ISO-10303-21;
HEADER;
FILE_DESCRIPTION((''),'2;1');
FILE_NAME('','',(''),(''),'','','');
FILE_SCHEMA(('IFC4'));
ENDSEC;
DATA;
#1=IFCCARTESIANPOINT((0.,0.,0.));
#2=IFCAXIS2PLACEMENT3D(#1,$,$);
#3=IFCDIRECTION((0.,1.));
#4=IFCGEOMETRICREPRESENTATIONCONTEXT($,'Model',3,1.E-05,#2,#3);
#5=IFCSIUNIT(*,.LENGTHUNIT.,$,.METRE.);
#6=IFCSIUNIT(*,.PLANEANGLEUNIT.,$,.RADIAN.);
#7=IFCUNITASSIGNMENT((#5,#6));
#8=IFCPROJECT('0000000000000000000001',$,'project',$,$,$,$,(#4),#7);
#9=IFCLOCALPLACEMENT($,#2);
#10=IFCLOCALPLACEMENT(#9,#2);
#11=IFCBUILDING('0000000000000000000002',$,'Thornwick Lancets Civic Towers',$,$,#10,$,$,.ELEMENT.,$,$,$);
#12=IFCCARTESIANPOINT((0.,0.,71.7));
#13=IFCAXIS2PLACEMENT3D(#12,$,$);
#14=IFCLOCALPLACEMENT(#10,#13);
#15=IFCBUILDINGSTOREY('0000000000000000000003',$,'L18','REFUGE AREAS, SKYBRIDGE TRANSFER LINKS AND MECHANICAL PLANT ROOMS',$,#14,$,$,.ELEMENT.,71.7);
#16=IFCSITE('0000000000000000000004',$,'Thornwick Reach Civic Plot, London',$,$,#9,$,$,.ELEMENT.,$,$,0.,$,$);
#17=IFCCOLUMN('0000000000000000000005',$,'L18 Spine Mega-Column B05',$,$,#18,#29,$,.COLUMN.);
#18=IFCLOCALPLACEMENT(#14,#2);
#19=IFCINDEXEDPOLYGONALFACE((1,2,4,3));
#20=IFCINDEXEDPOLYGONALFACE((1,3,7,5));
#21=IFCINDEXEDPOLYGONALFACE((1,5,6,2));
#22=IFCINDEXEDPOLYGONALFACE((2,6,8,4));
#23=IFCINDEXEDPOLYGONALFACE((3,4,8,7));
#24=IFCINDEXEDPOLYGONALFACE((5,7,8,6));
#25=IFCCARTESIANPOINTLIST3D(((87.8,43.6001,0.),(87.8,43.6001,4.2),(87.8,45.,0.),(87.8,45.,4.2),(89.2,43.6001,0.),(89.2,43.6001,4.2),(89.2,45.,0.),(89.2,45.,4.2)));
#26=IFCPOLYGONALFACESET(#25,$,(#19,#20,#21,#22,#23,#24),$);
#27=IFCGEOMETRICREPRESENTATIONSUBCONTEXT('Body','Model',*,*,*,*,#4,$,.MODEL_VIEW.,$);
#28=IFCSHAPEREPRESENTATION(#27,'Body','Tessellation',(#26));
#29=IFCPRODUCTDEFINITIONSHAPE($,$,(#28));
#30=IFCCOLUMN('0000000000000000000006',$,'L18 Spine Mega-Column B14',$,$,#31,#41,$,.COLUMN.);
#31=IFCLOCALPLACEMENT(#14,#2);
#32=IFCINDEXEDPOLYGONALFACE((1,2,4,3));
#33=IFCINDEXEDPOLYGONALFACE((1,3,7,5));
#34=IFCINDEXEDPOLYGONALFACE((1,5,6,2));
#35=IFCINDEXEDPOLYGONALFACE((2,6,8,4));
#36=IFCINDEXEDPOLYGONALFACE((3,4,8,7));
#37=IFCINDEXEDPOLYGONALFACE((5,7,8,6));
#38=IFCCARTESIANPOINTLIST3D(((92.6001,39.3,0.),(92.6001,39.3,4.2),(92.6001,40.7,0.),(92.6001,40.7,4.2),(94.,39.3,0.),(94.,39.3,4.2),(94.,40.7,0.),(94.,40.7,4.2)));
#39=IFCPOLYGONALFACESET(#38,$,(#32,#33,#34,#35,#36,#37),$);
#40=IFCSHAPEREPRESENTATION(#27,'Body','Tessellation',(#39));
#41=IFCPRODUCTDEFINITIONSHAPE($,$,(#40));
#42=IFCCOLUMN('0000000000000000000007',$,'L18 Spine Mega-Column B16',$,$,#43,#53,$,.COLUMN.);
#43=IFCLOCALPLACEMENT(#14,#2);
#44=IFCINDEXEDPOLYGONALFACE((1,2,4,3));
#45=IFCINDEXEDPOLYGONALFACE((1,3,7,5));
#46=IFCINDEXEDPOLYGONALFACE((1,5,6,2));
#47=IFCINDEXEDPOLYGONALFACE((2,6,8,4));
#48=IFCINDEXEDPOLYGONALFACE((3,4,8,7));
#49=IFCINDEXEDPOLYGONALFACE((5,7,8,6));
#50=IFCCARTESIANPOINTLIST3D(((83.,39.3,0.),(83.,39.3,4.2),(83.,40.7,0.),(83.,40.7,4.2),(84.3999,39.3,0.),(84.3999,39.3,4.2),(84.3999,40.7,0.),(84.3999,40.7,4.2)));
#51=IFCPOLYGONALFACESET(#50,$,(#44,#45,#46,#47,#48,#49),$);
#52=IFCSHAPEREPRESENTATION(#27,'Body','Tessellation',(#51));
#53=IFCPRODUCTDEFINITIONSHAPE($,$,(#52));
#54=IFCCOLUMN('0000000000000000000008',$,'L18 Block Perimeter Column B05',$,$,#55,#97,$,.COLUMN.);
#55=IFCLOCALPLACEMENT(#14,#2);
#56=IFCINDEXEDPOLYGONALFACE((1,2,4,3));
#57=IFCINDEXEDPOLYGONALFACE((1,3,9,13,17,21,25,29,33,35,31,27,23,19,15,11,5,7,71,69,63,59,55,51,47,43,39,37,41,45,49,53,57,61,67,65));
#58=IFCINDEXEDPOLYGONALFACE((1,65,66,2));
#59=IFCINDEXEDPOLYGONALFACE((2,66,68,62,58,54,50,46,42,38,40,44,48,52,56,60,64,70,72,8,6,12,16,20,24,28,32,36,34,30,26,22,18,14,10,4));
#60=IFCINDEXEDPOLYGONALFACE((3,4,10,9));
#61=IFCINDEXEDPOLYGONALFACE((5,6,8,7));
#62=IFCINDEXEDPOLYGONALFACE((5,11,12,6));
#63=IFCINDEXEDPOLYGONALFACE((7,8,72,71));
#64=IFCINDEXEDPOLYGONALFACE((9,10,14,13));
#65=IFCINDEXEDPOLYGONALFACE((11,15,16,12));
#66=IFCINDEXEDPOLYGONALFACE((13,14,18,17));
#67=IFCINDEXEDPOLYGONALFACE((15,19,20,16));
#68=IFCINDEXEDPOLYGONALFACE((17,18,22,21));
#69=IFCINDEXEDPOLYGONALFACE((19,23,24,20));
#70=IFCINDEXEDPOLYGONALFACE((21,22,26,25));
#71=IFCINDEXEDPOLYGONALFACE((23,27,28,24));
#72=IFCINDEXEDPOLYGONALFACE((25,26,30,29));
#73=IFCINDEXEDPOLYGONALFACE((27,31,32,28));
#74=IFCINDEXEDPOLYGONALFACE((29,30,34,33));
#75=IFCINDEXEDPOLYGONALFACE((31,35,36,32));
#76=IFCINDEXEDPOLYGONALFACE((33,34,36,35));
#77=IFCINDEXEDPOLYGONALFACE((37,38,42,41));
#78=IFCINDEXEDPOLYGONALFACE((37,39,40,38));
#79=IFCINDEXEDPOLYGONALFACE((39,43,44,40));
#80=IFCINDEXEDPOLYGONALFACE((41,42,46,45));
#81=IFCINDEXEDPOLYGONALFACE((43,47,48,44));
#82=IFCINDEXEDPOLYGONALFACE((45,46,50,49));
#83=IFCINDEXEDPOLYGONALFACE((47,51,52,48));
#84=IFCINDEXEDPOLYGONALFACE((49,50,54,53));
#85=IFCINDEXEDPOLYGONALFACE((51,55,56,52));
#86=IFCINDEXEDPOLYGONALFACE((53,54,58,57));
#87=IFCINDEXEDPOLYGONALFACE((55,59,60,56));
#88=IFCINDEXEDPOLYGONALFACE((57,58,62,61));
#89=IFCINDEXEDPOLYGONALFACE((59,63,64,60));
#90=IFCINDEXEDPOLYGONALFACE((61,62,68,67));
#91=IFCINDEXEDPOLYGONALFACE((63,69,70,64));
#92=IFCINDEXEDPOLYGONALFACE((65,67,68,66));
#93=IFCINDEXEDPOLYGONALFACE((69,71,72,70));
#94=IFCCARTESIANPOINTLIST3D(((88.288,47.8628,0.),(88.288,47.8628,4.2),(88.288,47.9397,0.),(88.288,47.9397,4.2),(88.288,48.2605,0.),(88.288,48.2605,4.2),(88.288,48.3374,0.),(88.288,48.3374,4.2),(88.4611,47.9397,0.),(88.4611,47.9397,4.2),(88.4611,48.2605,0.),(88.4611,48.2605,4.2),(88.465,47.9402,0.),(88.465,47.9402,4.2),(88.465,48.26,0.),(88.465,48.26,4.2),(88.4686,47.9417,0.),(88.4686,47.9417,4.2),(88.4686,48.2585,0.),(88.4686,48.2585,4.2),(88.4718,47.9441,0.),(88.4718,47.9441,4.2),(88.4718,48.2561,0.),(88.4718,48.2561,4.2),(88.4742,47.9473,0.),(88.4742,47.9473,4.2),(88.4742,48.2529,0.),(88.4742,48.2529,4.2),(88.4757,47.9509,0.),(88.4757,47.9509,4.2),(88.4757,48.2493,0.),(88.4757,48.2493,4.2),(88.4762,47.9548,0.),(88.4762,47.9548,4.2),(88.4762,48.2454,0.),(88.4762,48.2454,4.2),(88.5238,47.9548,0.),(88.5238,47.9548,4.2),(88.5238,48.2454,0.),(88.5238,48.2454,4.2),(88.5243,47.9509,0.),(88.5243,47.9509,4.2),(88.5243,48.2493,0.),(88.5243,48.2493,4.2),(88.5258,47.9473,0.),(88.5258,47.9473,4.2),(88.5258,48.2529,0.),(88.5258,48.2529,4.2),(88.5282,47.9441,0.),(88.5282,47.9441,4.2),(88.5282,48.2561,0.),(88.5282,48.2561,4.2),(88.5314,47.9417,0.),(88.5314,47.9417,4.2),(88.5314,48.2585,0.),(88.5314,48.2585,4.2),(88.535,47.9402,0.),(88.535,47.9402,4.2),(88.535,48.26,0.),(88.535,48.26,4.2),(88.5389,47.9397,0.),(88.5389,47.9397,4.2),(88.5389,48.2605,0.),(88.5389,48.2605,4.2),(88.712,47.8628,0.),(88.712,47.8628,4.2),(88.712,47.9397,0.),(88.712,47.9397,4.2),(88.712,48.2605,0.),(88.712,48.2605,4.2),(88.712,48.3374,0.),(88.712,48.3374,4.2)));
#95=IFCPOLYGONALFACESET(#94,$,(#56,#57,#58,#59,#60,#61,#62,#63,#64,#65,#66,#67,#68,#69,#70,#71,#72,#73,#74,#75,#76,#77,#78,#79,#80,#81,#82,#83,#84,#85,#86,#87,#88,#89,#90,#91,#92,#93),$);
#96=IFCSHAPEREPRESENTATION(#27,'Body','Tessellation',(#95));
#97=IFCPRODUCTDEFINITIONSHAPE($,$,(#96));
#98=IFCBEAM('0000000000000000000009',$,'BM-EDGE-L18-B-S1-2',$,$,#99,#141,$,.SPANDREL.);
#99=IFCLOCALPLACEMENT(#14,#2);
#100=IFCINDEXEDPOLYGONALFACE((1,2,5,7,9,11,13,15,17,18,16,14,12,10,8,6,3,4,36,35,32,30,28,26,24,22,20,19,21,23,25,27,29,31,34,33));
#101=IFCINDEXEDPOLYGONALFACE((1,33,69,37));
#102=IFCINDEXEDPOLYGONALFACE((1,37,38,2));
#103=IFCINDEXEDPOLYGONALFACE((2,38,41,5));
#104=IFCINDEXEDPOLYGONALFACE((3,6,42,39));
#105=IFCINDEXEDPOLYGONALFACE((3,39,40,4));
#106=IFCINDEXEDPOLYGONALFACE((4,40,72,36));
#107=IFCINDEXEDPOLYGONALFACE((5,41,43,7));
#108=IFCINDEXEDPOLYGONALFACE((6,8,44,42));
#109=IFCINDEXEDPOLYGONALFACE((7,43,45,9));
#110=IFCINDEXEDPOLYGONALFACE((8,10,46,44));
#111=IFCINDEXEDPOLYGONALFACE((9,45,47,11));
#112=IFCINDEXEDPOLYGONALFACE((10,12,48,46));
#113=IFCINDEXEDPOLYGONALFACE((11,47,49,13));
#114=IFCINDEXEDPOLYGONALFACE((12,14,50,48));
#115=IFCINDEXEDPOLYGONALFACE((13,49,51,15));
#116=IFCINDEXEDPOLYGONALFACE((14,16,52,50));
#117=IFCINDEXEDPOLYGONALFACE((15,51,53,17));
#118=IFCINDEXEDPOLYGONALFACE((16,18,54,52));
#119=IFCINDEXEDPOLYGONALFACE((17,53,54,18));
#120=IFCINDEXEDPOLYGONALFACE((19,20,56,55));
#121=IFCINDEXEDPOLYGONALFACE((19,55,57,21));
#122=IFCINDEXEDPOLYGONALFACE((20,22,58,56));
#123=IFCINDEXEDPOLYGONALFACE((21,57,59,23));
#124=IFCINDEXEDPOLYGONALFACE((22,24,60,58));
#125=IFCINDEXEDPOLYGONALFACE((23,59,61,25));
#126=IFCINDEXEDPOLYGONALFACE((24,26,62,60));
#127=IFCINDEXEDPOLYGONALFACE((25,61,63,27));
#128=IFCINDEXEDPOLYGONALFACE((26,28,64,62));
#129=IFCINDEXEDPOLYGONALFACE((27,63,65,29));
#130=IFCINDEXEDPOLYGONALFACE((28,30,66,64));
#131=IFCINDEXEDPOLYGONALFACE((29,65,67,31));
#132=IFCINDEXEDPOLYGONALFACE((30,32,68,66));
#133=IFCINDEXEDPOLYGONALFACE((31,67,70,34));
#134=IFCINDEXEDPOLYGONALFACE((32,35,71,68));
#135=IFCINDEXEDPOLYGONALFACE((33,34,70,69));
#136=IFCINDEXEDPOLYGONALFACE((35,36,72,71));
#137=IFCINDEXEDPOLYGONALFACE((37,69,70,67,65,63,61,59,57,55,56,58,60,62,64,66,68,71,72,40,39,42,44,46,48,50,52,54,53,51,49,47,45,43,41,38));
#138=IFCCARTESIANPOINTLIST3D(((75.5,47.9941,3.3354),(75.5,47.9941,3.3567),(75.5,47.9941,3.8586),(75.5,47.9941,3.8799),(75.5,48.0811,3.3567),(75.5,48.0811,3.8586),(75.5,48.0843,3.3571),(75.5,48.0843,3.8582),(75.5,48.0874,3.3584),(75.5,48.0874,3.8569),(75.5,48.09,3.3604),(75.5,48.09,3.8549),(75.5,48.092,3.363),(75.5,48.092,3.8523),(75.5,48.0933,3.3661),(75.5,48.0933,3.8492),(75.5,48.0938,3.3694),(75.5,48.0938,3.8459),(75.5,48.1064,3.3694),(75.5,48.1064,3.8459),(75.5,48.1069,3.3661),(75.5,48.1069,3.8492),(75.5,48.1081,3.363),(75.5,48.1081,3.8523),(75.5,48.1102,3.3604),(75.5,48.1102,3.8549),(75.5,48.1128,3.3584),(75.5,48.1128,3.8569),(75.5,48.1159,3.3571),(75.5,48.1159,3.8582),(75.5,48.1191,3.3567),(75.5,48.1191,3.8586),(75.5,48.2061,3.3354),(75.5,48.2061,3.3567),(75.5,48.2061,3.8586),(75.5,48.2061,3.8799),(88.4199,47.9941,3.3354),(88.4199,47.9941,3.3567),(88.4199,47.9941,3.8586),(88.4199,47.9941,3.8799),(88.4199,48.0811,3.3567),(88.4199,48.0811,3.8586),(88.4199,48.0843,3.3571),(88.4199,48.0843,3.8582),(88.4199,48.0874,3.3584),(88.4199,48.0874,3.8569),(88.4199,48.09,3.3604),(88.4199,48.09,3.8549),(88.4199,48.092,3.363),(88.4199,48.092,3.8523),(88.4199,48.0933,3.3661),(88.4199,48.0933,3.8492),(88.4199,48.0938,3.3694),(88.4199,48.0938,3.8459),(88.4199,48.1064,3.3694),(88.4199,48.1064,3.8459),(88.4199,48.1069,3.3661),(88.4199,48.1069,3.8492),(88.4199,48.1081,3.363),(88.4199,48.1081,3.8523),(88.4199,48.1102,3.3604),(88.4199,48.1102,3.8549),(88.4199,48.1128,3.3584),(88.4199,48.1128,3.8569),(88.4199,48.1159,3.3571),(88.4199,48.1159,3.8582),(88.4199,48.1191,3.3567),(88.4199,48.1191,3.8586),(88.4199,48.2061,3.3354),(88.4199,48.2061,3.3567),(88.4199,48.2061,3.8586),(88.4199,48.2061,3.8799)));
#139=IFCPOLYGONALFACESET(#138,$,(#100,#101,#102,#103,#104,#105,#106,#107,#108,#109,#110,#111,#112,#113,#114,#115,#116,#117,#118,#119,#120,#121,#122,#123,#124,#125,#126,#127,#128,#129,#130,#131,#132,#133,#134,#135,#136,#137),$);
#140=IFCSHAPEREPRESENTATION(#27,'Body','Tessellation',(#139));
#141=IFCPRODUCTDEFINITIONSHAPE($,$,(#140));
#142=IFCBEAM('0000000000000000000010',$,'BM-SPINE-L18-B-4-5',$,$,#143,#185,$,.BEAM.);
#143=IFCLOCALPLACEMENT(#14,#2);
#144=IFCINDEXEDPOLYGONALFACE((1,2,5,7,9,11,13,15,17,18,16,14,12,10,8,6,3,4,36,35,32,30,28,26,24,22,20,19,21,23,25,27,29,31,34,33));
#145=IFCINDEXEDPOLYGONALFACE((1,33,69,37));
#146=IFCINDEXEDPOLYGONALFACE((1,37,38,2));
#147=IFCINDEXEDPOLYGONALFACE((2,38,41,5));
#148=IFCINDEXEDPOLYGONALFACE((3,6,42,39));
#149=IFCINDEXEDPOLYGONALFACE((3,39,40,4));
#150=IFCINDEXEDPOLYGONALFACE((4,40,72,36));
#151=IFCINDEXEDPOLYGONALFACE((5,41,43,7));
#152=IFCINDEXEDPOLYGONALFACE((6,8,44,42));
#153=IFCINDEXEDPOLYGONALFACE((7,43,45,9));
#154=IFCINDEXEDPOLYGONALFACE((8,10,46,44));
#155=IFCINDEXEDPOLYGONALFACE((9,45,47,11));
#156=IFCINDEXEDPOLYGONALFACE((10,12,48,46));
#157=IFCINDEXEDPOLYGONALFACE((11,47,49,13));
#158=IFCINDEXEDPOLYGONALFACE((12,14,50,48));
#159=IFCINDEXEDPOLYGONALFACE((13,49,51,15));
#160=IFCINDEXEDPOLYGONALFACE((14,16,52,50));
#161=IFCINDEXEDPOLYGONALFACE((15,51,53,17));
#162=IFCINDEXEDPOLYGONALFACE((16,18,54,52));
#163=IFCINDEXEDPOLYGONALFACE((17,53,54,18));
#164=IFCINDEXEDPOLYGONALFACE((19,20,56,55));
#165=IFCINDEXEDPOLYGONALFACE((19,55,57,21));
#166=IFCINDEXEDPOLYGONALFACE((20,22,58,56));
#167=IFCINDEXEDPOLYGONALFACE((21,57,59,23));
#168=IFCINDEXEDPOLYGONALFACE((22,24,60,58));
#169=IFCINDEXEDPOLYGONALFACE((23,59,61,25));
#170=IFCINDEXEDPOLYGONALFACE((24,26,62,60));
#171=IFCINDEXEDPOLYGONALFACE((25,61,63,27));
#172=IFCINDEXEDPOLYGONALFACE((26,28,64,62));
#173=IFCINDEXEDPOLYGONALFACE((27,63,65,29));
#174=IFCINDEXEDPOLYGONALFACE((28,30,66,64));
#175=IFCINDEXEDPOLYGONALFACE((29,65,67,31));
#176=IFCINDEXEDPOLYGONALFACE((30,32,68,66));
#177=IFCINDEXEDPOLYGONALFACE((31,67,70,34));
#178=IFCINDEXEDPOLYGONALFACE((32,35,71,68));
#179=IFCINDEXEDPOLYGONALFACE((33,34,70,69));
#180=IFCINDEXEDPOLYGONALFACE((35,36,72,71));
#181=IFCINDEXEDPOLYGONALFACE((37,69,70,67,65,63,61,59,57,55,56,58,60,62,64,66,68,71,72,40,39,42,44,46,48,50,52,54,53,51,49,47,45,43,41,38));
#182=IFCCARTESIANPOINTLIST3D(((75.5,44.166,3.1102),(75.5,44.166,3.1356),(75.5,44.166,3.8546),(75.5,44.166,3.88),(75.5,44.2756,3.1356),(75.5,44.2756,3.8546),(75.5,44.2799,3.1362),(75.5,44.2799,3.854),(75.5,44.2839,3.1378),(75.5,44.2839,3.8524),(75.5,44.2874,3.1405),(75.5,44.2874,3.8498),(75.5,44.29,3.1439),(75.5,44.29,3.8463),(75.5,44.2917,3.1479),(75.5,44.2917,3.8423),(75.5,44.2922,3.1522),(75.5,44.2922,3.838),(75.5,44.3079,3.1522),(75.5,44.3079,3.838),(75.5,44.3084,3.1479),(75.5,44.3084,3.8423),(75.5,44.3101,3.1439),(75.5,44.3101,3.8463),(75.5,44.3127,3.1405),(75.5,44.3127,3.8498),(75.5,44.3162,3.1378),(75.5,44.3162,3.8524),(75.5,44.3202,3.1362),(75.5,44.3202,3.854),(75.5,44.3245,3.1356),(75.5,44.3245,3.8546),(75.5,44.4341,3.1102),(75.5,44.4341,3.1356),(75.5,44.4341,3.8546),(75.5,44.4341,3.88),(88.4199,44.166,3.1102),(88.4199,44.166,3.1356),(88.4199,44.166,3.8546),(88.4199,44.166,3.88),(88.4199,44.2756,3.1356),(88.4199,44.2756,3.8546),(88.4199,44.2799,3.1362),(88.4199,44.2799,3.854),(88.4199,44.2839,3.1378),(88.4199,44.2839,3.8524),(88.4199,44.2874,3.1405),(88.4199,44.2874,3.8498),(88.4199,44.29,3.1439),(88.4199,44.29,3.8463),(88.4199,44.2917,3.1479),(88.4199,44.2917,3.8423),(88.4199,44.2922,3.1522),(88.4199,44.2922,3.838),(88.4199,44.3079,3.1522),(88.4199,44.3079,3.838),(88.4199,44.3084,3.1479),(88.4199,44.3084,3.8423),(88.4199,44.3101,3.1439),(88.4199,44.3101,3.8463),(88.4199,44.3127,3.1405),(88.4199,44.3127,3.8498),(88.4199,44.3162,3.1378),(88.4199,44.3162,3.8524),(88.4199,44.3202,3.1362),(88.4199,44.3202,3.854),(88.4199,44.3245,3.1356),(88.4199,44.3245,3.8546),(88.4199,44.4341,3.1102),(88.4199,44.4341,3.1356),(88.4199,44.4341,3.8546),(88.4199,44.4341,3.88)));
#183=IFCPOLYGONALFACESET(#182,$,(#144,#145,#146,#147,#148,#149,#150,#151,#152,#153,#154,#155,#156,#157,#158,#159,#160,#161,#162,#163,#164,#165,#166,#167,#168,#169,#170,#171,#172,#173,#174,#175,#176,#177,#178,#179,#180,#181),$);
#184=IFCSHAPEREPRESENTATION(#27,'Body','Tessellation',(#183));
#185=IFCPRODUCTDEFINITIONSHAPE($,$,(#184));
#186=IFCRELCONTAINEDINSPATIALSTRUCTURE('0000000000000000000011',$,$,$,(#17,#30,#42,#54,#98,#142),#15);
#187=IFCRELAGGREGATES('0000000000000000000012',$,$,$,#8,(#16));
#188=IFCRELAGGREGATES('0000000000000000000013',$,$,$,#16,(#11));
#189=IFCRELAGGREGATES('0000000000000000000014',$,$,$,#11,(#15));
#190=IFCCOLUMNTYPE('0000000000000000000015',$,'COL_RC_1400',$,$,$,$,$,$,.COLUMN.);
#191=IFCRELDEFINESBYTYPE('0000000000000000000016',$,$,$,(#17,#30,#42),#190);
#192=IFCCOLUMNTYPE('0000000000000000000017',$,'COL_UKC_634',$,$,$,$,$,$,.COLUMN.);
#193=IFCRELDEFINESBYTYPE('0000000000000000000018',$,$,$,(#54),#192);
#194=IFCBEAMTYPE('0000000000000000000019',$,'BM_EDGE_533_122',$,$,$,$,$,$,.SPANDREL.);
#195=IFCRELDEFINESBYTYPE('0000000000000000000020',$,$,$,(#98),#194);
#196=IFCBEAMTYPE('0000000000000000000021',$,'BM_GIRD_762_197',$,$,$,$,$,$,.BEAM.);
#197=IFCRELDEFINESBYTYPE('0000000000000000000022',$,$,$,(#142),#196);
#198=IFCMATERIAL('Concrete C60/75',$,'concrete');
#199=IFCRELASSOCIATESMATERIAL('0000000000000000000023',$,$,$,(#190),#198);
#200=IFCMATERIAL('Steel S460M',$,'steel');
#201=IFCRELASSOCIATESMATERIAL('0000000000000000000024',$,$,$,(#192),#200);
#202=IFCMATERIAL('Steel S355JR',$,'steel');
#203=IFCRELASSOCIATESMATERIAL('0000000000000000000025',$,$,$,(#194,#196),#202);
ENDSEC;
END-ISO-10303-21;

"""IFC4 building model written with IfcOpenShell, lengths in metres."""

from ifc_helpers import new_model, si_unit, direction, frame, origin, origin_2d, place, context, subcontext, project, spatial, rectangle, i_section, extrude, material, material_profile, profile_set, type_object, element, save


model = new_model("IFC4")

# Units and contexts
model_context = context("Model", 3, precision=1e-05, world=origin(), true_north=direction((0.0, 1.0)))
body_context = subcontext(model_context, "Body", "Model", "MODEL_VIEW")
ifc_project = project(units=[si_unit("LENGTHUNIT", "METRE"), si_unit("PLANEANGLEUNIT", "RADIAN")], contexts=[model_context])

# Site, building, storey
site_placement = place(None, origin())
site = spatial("IfcSite", under=ifc_project, at=site_placement, Name="Thornwick Reach Civic Plot, London", CompositionType="ELEMENT", RefElevation=0.0)
building_placement = place(site_placement, origin())
building = spatial("IfcBuilding", under=site, at=building_placement, Name="Thornwick Lancets Civic Towers", CompositionType="ELEMENT")
storey_placement = place(building_placement, frame((0.0, 0.0, 71.7)))
storey = spatial("IfcBuildingStorey", under=building, at=storey_placement, Name="L18", Description="REFUGE AREAS, SKYBRIDGE TRANSFER LINKS AND MECHANICAL PLANT ROOMS", CompositionType="ELEMENT", Elevation=71.7)

# Columns
ifc_material_1 = material(Name="Concrete C60/75", Category="concrete")
ifc_material_profile_1 = material_profile(ifc_material_1, rectangle(XDim=1.3999, YDim=1.3999, at=origin_2d()), Name="RC 1400x1400")
ifc_profile_set_1 = profile_set([ifc_material_profile_1], Name="Concrete C60/75")
column_type_1 = type_object("IfcColumnType", Name="COL_RC_1400", PredefinedType="COLUMN", material=ifc_profile_set_1)
for number, where, z_axis, x_axis, name in (
    (1, (88.5, 44.3, 0.0), (0.0, 0.0, 1.0), (1.0, 0.0, 0.0), "L18 Spine Mega-Column B05"),
    (2, (93.3, 40.0, 0.0), (0.0, 0.0, 1.0), (1.0, 0.0, 0.0), "L18 Spine Mega-Column B14"),
    (3, (83.7, 40.0, 0.0), (0.0, 0.0, 1.0), (1.0, 0.0, 0.0), "L18 Spine Mega-Column B16"),
):
    element("IfcColumn", number, at=place(storey_placement, frame(where, z_axis=z_axis, x_axis=x_axis)), inside=storey, type_object=column_type_1, Name=name, PredefinedType="COLUMN", context=body_context, shape_type="SweptSolid", body=[
        extrude(rectangle(XDim=1.3999, YDim=1.3999, at=origin_2d()), origin(), (0.0, 0.0, 1.0), 4.2),
    ])
ifc_material_2 = material(Name="Steel S460M", Category="steel")
ifc_material_profile_2 = material_profile(ifc_material_2, i_section(OverallWidth=0.4241, OverallDepth=0.4746, WebThickness=0.0476, FlangeThickness=0.0769, FilletRadius=0.0151, at=origin_2d()), Name="UKC 356x406x634")
ifc_profile_set_2 = profile_set([ifc_material_profile_2], Name="Steel S460M")
column_type_2 = type_object("IfcColumnType", Name="COL_UKC_634", PredefinedType="COLUMN", material=ifc_profile_set_2)
column_placement = place(storey_placement, frame((88.5, 48.1001, 0.0), z_axis=(0.0, 0.0, 1.0), x_axis=(1.0, 0.0, 0.0)))
element("IfcColumn", 4, at=column_placement, inside=storey, type_object=column_type_2, Name="L18 Block Perimeter Column B05", PredefinedType="COLUMN", context=body_context, shape_type="SweptSolid", body=[
    extrude(i_section(OverallWidth=0.4241, OverallDepth=0.4746, WebThickness=0.0476, FlangeThickness=0.0769, FilletRadius=0.0151, at=origin_2d()), origin(), (0.0, 0.0, 1.0), 4.2),
])

# Beams
ifc_material_3 = material(Name="Steel S355JR", Category="steel")
ifc_material_profile_3 = material_profile(ifc_material_3, i_section(OverallWidth=0.2119, OverallDepth=0.5444, WebThickness=0.0127, FlangeThickness=0.0212, FilletRadius=0.0127, at=origin_2d()), Name="UKB 533x210x122")
ifc_profile_set_3 = profile_set([ifc_material_profile_3], Name="Steel S355JR")
beam_type_1 = type_object("IfcBeamType", Name="BM_EDGE_533_122", PredefinedType="SPANDREL", material=ifc_profile_set_3)
beam_1_placement = place(storey_placement, frame((88.4199, 48.1001, 3.6077), z_axis=(-1.0, 0.0, 0.0), x_axis=(0.0, -1.0, 0.0)))
element("IfcBeam", 5, at=beam_1_placement, inside=storey, type_object=beam_type_1, Name="BM-EDGE-L18-B-S1-2", PredefinedType="SPANDREL", context=body_context, shape_type="SweptSolid", body=[
    extrude(i_section(OverallWidth=0.2119, OverallDepth=0.5444, WebThickness=0.0127, FlangeThickness=0.0212, FilletRadius=0.0127, at=origin_2d()), origin(), (0.0, 0.0, 1.0), 12.9199),
])
ifc_material_profile_4 = material_profile(ifc_material_3, i_section(OverallWidth=0.2681, OverallDepth=0.7698, WebThickness=0.0156, FlangeThickness=0.0254, FilletRadius=0.0166, at=origin_2d()), Name="UKB 762x267x197")
ifc_profile_set_4 = profile_set([ifc_material_profile_4], Name="Steel S355JR")
beam_type_2 = type_object("IfcBeamType", Name="BM_GIRD_762_197", PredefinedType="BEAM", material=ifc_profile_set_4)
beam_2_placement = place(storey_placement, frame((88.4199, 44.3, 3.4951), z_axis=(-1.0, 0.0, 0.0), x_axis=(0.0, -1.0, 0.0)))
element("IfcBeam", 6, at=beam_2_placement, inside=storey, type_object=beam_type_2, Name="BM-SPINE-L18-B-4-5", PredefinedType="BEAM", context=body_context, shape_type="SweptSolid", body=[
    extrude(i_section(OverallWidth=0.2681, OverallDepth=0.7698, WebThickness=0.0156, FlangeThickness=0.0254, FilletRadius=0.0166, at=origin_2d()), origin(), (0.0, 0.0, 1.0), 12.9199),
])

save(model, "model.ifc")
